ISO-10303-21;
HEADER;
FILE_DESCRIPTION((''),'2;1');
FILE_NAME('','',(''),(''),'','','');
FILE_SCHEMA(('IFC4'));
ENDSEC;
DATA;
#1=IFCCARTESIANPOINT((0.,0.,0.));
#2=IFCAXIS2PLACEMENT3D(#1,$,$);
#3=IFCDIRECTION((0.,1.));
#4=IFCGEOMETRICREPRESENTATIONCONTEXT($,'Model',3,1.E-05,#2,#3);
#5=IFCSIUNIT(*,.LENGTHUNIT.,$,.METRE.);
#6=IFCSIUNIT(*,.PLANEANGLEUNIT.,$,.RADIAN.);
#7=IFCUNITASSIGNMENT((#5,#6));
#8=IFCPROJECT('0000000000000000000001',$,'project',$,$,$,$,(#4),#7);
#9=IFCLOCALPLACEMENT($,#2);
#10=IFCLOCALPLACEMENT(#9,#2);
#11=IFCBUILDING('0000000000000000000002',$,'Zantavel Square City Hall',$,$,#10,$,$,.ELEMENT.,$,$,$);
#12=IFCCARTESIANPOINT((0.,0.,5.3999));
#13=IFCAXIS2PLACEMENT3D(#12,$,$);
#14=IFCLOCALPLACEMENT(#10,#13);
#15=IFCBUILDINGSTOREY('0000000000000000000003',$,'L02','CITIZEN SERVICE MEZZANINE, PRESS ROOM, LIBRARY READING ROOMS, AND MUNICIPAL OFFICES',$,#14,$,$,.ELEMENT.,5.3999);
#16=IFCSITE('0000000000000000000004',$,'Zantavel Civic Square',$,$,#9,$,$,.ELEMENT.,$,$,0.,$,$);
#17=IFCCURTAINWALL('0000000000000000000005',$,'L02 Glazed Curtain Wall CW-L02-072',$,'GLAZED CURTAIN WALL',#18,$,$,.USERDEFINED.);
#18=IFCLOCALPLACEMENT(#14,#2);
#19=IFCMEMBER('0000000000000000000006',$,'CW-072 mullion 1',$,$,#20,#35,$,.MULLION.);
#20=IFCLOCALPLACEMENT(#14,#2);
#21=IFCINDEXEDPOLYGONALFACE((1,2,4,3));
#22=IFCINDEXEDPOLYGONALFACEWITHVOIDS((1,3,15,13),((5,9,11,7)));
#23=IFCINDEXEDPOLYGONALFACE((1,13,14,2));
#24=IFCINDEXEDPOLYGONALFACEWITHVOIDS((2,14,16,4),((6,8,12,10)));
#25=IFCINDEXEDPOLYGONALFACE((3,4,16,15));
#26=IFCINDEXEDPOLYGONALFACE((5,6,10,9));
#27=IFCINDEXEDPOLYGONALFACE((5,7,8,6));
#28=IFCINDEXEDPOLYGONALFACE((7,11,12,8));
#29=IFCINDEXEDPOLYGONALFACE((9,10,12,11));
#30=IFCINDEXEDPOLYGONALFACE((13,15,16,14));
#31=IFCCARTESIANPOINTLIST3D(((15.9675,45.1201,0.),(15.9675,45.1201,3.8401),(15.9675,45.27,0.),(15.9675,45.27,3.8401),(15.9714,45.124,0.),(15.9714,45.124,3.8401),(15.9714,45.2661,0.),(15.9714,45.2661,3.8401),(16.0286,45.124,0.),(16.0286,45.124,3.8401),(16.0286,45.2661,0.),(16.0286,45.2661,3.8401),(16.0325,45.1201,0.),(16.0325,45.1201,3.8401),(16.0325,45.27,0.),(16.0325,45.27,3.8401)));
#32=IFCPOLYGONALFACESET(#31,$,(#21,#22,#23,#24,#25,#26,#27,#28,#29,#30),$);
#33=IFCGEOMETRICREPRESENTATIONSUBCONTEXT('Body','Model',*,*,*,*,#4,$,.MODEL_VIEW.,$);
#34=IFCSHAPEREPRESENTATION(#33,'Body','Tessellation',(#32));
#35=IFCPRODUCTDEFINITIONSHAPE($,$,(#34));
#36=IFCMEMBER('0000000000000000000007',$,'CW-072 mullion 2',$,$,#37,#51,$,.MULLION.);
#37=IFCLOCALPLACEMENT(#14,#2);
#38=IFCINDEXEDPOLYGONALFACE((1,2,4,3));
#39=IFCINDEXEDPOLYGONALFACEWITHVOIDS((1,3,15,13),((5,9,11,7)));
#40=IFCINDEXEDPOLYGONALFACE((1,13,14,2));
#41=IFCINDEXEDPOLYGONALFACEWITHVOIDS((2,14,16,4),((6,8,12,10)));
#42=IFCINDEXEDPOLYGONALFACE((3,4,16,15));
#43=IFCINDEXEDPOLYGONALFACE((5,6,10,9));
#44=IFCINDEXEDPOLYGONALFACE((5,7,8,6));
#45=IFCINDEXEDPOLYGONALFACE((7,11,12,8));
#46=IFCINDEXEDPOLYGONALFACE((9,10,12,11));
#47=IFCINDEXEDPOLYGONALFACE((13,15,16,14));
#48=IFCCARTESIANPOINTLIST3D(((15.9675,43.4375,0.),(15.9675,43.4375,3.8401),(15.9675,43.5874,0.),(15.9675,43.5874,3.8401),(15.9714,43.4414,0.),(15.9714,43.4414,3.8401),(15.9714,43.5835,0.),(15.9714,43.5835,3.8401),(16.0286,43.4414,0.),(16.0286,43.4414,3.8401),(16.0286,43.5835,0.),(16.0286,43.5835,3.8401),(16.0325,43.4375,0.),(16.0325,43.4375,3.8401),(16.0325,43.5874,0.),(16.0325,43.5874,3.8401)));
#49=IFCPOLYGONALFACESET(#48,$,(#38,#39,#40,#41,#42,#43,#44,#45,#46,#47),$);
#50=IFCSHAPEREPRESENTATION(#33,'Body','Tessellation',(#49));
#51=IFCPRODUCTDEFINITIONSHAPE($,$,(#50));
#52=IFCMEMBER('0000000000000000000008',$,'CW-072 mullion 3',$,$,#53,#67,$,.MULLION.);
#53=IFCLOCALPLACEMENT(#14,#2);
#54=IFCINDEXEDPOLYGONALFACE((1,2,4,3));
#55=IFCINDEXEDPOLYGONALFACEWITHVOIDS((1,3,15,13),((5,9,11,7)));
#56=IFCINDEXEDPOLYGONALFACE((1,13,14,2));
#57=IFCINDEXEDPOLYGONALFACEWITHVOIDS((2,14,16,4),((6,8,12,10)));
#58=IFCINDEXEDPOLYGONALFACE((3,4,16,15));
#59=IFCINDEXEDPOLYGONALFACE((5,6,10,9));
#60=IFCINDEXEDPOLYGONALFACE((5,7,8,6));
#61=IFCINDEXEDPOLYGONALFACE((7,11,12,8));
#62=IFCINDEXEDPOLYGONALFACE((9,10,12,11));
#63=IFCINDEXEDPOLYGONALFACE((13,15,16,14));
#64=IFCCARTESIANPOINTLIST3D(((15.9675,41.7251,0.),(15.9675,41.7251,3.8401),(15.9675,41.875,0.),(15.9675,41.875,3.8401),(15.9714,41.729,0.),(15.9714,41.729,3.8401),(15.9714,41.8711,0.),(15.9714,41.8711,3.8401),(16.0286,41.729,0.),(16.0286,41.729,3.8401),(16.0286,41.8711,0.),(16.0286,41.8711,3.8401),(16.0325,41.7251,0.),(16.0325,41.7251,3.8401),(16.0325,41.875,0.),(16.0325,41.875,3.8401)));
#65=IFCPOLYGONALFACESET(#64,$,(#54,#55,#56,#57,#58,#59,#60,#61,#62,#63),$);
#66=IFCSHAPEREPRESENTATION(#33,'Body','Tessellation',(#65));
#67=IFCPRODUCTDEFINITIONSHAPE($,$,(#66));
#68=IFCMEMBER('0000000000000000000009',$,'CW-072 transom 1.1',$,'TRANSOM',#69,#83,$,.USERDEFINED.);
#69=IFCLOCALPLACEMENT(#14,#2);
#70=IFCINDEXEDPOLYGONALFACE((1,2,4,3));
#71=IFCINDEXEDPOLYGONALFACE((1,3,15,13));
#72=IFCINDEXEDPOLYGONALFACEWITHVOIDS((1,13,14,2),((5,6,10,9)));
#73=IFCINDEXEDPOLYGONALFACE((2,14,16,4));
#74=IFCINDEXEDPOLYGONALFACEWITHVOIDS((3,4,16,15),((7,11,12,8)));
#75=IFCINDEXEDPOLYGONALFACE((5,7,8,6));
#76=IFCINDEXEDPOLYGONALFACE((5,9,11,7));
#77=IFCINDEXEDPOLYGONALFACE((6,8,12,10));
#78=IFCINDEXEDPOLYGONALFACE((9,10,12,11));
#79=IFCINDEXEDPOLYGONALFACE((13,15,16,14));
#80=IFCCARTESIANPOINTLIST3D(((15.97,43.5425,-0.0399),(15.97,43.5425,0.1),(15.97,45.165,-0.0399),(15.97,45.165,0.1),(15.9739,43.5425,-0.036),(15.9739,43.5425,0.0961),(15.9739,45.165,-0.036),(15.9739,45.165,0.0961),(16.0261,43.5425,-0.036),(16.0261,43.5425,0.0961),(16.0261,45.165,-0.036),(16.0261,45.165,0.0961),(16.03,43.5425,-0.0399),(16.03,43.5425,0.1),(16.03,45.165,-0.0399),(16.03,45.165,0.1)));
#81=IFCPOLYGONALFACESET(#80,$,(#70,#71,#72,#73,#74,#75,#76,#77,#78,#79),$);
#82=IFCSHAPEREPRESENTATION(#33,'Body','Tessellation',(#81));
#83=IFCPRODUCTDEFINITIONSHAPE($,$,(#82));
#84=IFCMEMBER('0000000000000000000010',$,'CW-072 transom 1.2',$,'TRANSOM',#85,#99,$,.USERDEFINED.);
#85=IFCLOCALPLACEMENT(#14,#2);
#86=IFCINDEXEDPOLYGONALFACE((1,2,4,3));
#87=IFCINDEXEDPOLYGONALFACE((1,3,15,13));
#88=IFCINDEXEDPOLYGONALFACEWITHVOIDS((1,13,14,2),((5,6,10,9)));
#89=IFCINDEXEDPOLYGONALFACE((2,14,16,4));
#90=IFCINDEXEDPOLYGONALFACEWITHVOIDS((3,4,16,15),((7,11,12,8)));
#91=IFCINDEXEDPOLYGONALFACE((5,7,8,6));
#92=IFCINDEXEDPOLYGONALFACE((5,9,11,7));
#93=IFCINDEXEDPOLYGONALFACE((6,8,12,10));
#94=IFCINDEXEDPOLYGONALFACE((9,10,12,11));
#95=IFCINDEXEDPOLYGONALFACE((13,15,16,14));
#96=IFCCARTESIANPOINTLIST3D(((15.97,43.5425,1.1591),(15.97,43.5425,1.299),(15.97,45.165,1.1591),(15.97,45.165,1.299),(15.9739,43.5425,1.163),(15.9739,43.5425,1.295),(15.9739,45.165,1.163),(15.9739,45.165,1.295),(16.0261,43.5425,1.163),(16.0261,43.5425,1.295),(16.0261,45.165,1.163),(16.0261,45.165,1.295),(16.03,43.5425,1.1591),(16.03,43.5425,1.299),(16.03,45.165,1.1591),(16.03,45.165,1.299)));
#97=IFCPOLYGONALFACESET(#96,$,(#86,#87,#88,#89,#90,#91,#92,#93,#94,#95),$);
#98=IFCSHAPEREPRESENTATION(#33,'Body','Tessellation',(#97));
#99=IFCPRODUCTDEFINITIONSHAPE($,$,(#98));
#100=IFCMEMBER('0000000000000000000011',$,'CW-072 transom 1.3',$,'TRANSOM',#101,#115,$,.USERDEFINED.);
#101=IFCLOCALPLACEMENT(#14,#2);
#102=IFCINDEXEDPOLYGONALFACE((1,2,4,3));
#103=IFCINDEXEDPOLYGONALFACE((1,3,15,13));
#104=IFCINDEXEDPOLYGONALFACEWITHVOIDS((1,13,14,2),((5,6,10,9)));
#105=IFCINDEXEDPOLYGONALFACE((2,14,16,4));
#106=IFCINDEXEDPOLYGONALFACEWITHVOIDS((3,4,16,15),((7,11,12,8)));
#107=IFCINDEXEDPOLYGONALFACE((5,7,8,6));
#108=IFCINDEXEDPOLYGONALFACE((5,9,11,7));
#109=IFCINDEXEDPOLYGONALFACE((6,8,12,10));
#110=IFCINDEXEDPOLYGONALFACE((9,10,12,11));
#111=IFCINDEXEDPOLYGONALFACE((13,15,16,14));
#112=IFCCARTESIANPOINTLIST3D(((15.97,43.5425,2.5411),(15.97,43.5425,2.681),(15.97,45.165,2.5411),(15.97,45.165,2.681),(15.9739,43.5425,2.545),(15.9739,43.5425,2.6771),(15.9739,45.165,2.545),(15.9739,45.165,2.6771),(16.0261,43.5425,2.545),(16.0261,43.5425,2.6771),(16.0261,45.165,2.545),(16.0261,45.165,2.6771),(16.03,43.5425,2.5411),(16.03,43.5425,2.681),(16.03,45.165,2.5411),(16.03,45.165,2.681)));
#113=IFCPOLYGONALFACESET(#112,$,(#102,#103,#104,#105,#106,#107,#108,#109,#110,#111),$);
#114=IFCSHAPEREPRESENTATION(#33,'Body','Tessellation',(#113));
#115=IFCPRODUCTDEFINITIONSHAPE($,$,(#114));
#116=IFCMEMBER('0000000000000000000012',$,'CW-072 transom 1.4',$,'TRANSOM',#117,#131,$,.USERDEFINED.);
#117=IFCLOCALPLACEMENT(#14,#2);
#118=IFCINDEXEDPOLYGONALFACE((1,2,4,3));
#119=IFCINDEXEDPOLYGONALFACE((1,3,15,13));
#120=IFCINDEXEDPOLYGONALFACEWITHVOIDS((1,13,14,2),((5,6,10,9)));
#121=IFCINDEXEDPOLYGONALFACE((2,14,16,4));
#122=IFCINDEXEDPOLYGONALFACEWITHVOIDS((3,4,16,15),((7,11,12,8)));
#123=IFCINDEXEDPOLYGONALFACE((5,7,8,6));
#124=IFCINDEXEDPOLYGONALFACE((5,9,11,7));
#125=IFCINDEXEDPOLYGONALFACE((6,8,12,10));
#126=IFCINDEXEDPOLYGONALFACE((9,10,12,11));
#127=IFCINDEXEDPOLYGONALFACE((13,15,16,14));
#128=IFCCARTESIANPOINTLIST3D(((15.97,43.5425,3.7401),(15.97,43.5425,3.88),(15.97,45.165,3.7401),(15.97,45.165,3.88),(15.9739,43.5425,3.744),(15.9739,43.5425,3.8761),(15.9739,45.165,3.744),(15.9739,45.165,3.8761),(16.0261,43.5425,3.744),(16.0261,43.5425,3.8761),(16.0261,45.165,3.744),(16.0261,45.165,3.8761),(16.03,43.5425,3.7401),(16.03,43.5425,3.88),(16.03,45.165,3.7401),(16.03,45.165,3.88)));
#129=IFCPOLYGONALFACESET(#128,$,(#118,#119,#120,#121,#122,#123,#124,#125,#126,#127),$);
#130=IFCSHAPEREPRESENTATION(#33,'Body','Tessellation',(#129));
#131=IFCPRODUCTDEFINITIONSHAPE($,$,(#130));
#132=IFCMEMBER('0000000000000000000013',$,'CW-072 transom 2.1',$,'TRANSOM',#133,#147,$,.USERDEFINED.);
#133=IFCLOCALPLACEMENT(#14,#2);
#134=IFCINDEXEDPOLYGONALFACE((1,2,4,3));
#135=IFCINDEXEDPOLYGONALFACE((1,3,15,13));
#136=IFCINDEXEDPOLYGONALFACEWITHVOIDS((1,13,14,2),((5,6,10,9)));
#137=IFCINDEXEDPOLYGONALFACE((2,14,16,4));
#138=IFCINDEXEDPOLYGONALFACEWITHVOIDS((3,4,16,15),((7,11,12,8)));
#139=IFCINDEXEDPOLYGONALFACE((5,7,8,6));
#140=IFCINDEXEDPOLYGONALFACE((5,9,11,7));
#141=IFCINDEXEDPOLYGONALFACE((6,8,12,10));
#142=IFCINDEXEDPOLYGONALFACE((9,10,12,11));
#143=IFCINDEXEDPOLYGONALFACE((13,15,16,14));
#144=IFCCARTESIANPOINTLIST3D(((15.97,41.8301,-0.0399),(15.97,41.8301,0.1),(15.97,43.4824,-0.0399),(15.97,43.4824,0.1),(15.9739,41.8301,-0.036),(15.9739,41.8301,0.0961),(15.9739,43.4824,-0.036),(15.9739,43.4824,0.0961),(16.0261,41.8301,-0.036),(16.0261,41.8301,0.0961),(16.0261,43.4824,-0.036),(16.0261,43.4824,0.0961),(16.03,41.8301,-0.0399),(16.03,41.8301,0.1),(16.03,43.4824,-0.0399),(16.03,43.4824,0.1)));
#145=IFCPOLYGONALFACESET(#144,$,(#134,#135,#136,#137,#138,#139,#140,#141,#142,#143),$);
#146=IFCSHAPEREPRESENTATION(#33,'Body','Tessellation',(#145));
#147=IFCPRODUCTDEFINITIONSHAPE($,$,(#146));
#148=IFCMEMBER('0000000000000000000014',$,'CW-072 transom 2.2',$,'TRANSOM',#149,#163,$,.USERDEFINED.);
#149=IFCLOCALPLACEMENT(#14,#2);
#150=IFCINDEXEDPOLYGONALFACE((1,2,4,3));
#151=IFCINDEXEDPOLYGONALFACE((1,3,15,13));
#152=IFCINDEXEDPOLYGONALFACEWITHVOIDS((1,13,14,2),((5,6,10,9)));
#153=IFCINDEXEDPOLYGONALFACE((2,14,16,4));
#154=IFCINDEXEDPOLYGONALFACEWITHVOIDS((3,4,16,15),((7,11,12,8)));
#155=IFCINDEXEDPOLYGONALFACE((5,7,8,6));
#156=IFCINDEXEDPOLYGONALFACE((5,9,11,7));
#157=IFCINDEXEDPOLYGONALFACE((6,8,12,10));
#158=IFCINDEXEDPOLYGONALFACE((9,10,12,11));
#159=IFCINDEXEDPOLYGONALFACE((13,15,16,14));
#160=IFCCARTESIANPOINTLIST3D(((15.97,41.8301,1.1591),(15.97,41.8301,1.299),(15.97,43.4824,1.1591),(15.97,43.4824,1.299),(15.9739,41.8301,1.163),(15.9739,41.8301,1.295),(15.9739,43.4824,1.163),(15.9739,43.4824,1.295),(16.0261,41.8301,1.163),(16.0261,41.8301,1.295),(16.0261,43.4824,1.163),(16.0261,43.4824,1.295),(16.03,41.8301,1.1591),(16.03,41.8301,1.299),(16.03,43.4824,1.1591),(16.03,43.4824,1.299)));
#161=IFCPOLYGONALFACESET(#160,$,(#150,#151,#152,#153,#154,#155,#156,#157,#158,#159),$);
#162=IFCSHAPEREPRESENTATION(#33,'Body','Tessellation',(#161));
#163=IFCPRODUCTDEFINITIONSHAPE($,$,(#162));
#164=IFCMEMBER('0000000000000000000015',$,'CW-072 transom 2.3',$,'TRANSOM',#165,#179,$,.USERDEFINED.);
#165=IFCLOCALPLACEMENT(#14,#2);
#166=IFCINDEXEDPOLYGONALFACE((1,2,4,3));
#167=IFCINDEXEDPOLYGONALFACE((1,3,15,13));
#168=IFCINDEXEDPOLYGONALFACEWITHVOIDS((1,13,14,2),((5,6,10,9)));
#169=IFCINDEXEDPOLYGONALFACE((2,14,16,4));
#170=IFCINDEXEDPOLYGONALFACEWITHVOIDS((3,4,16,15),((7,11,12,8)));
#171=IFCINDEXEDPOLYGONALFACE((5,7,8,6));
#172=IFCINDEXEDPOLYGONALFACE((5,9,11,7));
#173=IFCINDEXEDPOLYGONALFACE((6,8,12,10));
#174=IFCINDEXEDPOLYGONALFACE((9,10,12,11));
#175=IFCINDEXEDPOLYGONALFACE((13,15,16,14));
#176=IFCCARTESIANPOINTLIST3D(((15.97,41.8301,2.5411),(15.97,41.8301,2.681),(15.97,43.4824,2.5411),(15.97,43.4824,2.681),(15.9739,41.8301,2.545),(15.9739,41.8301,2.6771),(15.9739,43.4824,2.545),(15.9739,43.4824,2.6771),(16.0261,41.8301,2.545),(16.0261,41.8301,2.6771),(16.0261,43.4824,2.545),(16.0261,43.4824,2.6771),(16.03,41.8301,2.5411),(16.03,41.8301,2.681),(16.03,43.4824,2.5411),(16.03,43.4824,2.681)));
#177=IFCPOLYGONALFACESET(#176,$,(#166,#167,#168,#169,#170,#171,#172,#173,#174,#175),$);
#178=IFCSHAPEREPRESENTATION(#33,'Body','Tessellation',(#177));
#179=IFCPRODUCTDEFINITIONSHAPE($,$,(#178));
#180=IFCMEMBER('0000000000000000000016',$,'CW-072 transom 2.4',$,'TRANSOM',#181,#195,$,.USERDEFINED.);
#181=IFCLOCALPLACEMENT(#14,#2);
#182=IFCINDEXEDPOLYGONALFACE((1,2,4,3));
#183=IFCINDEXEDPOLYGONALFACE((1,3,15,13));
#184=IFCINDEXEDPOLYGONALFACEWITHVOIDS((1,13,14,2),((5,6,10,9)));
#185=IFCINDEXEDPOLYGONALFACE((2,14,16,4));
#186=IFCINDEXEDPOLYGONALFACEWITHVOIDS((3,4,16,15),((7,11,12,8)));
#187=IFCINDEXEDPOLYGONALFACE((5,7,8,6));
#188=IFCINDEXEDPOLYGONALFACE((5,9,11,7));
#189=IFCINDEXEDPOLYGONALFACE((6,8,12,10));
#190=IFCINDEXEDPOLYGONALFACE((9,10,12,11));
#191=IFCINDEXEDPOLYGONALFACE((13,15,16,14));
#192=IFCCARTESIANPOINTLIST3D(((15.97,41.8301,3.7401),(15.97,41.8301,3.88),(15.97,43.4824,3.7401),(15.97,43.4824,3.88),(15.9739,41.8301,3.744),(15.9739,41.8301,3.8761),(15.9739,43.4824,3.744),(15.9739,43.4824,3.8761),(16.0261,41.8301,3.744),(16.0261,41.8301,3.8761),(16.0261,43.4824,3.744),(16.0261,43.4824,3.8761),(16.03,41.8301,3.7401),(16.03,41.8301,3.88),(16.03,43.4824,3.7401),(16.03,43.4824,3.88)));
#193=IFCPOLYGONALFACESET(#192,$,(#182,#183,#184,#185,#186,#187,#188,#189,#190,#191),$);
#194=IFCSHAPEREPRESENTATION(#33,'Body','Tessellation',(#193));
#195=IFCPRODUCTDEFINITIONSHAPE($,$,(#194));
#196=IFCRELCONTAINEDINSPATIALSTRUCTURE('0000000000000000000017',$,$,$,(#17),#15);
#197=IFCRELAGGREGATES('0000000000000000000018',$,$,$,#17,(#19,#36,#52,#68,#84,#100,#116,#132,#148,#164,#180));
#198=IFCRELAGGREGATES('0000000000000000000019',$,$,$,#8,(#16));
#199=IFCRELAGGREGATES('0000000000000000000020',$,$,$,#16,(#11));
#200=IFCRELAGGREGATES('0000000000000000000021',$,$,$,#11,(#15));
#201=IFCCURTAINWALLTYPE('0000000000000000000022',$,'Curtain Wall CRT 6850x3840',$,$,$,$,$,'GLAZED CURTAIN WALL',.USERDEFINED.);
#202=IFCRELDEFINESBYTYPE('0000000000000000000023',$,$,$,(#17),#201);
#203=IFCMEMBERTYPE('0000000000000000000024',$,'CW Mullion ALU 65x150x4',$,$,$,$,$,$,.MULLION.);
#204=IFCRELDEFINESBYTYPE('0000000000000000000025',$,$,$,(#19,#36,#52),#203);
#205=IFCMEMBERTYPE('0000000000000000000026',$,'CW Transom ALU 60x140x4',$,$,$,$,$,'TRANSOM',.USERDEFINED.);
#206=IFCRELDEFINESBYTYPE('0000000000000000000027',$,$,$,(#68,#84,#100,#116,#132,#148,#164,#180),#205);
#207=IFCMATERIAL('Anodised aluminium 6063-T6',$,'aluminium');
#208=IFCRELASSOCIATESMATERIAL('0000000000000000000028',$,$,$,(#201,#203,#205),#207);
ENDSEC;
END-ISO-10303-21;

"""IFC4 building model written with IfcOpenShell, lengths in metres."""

from ifc_helpers import new_model, si_unit, direction, frame, origin, origin_2d, place, context, subcontext, project, spatial, hollow_rectangle, extrude, material, material_profile, profile_set, type_object, element, aggregate, save


model = new_model("IFC4")

# Units and contexts
model_context = context("Model", 3, precision=1e-05, world=origin(), true_north=direction((0.0, 1.0)))
body_context = subcontext(model_context, "Body", "Model", "MODEL_VIEW")
ifc_project = project(units=[si_unit("LENGTHUNIT", "METRE"), si_unit("PLANEANGLEUNIT", "RADIAN")], contexts=[model_context])

# Site, building, storey
site_placement = place(None, origin())
site = spatial("IfcSite", under=ifc_project, at=site_placement, Name="Zantavel Civic Square", CompositionType="ELEMENT", RefElevation=0.0)
building_placement = place(site_placement, origin())
building = spatial("IfcBuilding", under=site, at=building_placement, Name="Zantavel Square City Hall", CompositionType="ELEMENT")
storey_placement = place(building_placement, frame((0.0, 0.0, 5.3999)))
storey = spatial("IfcBuildingStorey", under=building, at=storey_placement, Name="L02", Description="CITIZEN SERVICE MEZZANINE, PRESS ROOM, LIBRARY READING ROOMS, AND MUNICIPAL OFFICES", CompositionType="ELEMENT", Elevation=5.3999)

# Curtain wall, members
ifc_material_1 = material(Name="Anodised aluminium 6063-T6", Category="aluminium")
curtain_wall_type = type_object("IfcCurtainWallType", Name="Curtain Wall CRT 6850x3840", ElementType="GLAZED CURTAIN WALL", PredefinedType="USERDEFINED", material=ifc_material_1)
curtain_wall_placement = place(storey_placement, origin())
curtain_wall = element("IfcCurtainWall", 1, at=curtain_wall_placement, inside=storey, type_object=curtain_wall_type, Name="L02 Glazed Curtain Wall CW-L02-072", ObjectType="GLAZED CURTAIN WALL", PredefinedType="USERDEFINED")
ifc_material_profile_1 = material_profile(ifc_material_1, hollow_rectangle(XDim=0.0649, YDim=0.1499, WallThickness=0.0039, at=origin_2d()), Name="ALU 65x150x4")
ifc_profile_set_1 = profile_set([ifc_material_profile_1], Name="Anodised aluminium 6063-T6")
member_type_1 = type_object("IfcMemberType", Name="CW Mullion ALU 65x150x4", PredefinedType="MULLION", material=ifc_profile_set_1)
member_1_placement = place(storey_placement, frame((16.0, 45.1951, 0.0), z_axis=(0.0, 0.0, 1.0), x_axis=(1.0, 0.0, 0.0)))
member_1 = element("IfcMember", 2, at=member_1_placement, type_object=member_type_1, Name="CW-072 mullion 1", PredefinedType="MULLION", context=body_context, shape_type="SweptSolid", body=[
    extrude(hollow_rectangle(XDim=0.0649, YDim=0.1499, WallThickness=0.0039, at=origin_2d()), origin(), (0.0, 0.0, 1.0), 3.8401),
])
member_2_placement = place(storey_placement, frame((16.0, 43.5125, 0.0), z_axis=(0.0, 0.0, 1.0), x_axis=(1.0, 0.0, 0.0)))
member_2 = element("IfcMember", 3, at=member_2_placement, type_object=member_type_1, Name="CW-072 mullion 2", PredefinedType="MULLION", context=body_context, shape_type="SweptSolid", body=[
    extrude(hollow_rectangle(XDim=0.0649, YDim=0.1499, WallThickness=0.0039, at=origin_2d()), origin(), (0.0, 0.0, 1.0), 3.8401),
])
member_3_placement = place(storey_placement, frame((16.0, 41.8, 0.0), z_axis=(0.0, 0.0, 1.0), x_axis=(1.0, 0.0, 0.0)))
member_3 = element("IfcMember", 4, at=member_3_placement, type_object=member_type_1, Name="CW-072 mullion 3", PredefinedType="MULLION", context=body_context, shape_type="SweptSolid", body=[
    extrude(hollow_rectangle(XDim=0.0649, YDim=0.1499, WallThickness=0.0039, at=origin_2d()), origin(), (0.0, 0.0, 1.0), 3.8401),
])
ifc_material_profile_2 = material_profile(ifc_material_1, hollow_rectangle(XDim=0.0601, YDim=0.1399, WallThickness=0.0039, at=origin_2d()), Name="ALU 60x140x4")
ifc_profile_set_2 = profile_set([ifc_material_profile_2], Name="Anodised aluminium 6063-T6")
member_type_2 = type_object("IfcMemberType", Name="CW Transom ALU 60x140x4", ElementType="TRANSOM", PredefinedType="USERDEFINED", material=ifc_profile_set_2)
member_4_placement = place(storey_placement, frame((16.0, 45.165, 0.03), z_axis=(0.0, -1.0, 0.0), x_axis=(1.0, 0.0, 0.0)))
member_4 = element("IfcMember", 5, at=member_4_placement, type_object=member_type_2, Name="CW-072 transom 1.1", ObjectType="TRANSOM", PredefinedType="USERDEFINED", context=body_context, shape_type="SweptSolid", body=[
    extrude(hollow_rectangle(XDim=0.0601, YDim=0.1399, WallThickness=0.0039, at=origin_2d()), origin(), (0.0, 0.0, 1.0), 1.6226),
])
member_5_placement = place(storey_placement, frame((16.0, 45.165, 1.229), z_axis=(0.0, -1.0, 0.0), x_axis=(1.0, 0.0, 0.0)))
member_5 = element("IfcMember", 6, at=member_5_placement, type_object=member_type_2, Name="CW-072 transom 1.2", ObjectType="TRANSOM", PredefinedType="USERDEFINED", context=body_context, shape_type="SweptSolid", body=[
    extrude(hollow_rectangle(XDim=0.0601, YDim=0.1399, WallThickness=0.0039, at=origin_2d()), origin(), (0.0, 0.0, 1.0), 1.6226),
])
member_6_placement = place(storey_placement, frame((16.0, 45.165, 2.6111), z_axis=(0.0, -1.0, 0.0), x_axis=(1.0, 0.0, 0.0)))
member_6 = element("IfcMember", 7, at=member_6_placement, type_object=member_type_2, Name="CW-072 transom 1.3", ObjectType="TRANSOM", PredefinedType="USERDEFINED", context=body_context, shape_type="SweptSolid", body=[
    extrude(hollow_rectangle(XDim=0.0601, YDim=0.1399, WallThickness=0.0039, at=origin_2d()), origin(), (0.0, 0.0, 1.0), 1.6226),
])
member_7_placement = place(storey_placement, frame((16.0, 45.165, 3.8101), z_axis=(0.0, -1.0, 0.0), x_axis=(1.0, 0.0, 0.0)))
member_7 = element("IfcMember", 8, at=member_7_placement, type_object=member_type_2, Name="CW-072 transom 1.4", ObjectType="TRANSOM", PredefinedType="USERDEFINED", context=body_context, shape_type="SweptSolid", body=[
    extrude(hollow_rectangle(XDim=0.0601, YDim=0.1399, WallThickness=0.0039, at=origin_2d()), origin(), (0.0, 0.0, 1.0), 1.6226),
])
member_8_placement = place(storey_placement, frame((16.0, 43.4824, 0.03), z_axis=(0.0, -1.0, 0.0), x_axis=(1.0, 0.0, 0.0)))
member_8 = element("IfcMember", 9, at=member_8_placement, type_object=member_type_2, Name="CW-072 transom 2.1", ObjectType="TRANSOM", PredefinedType="USERDEFINED", context=body_context, shape_type="SweptSolid", body=[
    extrude(hollow_rectangle(XDim=0.0601, YDim=0.1399, WallThickness=0.0039, at=origin_2d()), origin(), (0.0, 0.0, 1.0), 1.6523),
])
member_9_placement = place(storey_placement, frame((16.0, 43.4824, 1.229), z_axis=(0.0, -1.0, 0.0), x_axis=(1.0, 0.0, 0.0)))
member_9 = element("IfcMember", 10, at=member_9_placement, type_object=member_type_2, Name="CW-072 transom 2.2", ObjectType="TRANSOM", PredefinedType="USERDEFINED", context=body_context, shape_type="SweptSolid", body=[
    extrude(hollow_rectangle(XDim=0.0601, YDim=0.1399, WallThickness=0.0039, at=origin_2d()), origin(), (0.0, 0.0, 1.0), 1.6523),
])
member_10_placement = place(storey_placement, frame((16.0, 43.4824, 2.6111), z_axis=(0.0, -1.0, 0.0), x_axis=(1.0, 0.0, 0.0)))
member_10 = element("IfcMember", 11, at=member_10_placement, type_object=member_type_2, Name="CW-072 transom 2.3", ObjectType="TRANSOM", PredefinedType="USERDEFINED", context=body_context, shape_type="SweptSolid", body=[
    extrude(hollow_rectangle(XDim=0.0601, YDim=0.1399, WallThickness=0.0039, at=origin_2d()), origin(), (0.0, 0.0, 1.0), 1.6523),
])
member_11_placement = place(storey_placement, frame((16.0, 43.4824, 3.8101), z_axis=(0.0, -1.0, 0.0), x_axis=(1.0, 0.0, 0.0)))
member_11 = element("IfcMember", 12, at=member_11_placement, type_object=member_type_2, Name="CW-072 transom 2.4", ObjectType="TRANSOM", PredefinedType="USERDEFINED", context=body_context, shape_type="SweptSolid", body=[
    extrude(hollow_rectangle(XDim=0.0601, YDim=0.1399, WallThickness=0.0039, at=origin_2d()), origin(), (0.0, 0.0, 1.0), 1.6523),
])
aggregate(curtain_wall, [member_1, member_2, member_3, member_4, member_5, member_6, member_7, member_8, member_9, member_10, member_11])

save(model, "model.ifc")
